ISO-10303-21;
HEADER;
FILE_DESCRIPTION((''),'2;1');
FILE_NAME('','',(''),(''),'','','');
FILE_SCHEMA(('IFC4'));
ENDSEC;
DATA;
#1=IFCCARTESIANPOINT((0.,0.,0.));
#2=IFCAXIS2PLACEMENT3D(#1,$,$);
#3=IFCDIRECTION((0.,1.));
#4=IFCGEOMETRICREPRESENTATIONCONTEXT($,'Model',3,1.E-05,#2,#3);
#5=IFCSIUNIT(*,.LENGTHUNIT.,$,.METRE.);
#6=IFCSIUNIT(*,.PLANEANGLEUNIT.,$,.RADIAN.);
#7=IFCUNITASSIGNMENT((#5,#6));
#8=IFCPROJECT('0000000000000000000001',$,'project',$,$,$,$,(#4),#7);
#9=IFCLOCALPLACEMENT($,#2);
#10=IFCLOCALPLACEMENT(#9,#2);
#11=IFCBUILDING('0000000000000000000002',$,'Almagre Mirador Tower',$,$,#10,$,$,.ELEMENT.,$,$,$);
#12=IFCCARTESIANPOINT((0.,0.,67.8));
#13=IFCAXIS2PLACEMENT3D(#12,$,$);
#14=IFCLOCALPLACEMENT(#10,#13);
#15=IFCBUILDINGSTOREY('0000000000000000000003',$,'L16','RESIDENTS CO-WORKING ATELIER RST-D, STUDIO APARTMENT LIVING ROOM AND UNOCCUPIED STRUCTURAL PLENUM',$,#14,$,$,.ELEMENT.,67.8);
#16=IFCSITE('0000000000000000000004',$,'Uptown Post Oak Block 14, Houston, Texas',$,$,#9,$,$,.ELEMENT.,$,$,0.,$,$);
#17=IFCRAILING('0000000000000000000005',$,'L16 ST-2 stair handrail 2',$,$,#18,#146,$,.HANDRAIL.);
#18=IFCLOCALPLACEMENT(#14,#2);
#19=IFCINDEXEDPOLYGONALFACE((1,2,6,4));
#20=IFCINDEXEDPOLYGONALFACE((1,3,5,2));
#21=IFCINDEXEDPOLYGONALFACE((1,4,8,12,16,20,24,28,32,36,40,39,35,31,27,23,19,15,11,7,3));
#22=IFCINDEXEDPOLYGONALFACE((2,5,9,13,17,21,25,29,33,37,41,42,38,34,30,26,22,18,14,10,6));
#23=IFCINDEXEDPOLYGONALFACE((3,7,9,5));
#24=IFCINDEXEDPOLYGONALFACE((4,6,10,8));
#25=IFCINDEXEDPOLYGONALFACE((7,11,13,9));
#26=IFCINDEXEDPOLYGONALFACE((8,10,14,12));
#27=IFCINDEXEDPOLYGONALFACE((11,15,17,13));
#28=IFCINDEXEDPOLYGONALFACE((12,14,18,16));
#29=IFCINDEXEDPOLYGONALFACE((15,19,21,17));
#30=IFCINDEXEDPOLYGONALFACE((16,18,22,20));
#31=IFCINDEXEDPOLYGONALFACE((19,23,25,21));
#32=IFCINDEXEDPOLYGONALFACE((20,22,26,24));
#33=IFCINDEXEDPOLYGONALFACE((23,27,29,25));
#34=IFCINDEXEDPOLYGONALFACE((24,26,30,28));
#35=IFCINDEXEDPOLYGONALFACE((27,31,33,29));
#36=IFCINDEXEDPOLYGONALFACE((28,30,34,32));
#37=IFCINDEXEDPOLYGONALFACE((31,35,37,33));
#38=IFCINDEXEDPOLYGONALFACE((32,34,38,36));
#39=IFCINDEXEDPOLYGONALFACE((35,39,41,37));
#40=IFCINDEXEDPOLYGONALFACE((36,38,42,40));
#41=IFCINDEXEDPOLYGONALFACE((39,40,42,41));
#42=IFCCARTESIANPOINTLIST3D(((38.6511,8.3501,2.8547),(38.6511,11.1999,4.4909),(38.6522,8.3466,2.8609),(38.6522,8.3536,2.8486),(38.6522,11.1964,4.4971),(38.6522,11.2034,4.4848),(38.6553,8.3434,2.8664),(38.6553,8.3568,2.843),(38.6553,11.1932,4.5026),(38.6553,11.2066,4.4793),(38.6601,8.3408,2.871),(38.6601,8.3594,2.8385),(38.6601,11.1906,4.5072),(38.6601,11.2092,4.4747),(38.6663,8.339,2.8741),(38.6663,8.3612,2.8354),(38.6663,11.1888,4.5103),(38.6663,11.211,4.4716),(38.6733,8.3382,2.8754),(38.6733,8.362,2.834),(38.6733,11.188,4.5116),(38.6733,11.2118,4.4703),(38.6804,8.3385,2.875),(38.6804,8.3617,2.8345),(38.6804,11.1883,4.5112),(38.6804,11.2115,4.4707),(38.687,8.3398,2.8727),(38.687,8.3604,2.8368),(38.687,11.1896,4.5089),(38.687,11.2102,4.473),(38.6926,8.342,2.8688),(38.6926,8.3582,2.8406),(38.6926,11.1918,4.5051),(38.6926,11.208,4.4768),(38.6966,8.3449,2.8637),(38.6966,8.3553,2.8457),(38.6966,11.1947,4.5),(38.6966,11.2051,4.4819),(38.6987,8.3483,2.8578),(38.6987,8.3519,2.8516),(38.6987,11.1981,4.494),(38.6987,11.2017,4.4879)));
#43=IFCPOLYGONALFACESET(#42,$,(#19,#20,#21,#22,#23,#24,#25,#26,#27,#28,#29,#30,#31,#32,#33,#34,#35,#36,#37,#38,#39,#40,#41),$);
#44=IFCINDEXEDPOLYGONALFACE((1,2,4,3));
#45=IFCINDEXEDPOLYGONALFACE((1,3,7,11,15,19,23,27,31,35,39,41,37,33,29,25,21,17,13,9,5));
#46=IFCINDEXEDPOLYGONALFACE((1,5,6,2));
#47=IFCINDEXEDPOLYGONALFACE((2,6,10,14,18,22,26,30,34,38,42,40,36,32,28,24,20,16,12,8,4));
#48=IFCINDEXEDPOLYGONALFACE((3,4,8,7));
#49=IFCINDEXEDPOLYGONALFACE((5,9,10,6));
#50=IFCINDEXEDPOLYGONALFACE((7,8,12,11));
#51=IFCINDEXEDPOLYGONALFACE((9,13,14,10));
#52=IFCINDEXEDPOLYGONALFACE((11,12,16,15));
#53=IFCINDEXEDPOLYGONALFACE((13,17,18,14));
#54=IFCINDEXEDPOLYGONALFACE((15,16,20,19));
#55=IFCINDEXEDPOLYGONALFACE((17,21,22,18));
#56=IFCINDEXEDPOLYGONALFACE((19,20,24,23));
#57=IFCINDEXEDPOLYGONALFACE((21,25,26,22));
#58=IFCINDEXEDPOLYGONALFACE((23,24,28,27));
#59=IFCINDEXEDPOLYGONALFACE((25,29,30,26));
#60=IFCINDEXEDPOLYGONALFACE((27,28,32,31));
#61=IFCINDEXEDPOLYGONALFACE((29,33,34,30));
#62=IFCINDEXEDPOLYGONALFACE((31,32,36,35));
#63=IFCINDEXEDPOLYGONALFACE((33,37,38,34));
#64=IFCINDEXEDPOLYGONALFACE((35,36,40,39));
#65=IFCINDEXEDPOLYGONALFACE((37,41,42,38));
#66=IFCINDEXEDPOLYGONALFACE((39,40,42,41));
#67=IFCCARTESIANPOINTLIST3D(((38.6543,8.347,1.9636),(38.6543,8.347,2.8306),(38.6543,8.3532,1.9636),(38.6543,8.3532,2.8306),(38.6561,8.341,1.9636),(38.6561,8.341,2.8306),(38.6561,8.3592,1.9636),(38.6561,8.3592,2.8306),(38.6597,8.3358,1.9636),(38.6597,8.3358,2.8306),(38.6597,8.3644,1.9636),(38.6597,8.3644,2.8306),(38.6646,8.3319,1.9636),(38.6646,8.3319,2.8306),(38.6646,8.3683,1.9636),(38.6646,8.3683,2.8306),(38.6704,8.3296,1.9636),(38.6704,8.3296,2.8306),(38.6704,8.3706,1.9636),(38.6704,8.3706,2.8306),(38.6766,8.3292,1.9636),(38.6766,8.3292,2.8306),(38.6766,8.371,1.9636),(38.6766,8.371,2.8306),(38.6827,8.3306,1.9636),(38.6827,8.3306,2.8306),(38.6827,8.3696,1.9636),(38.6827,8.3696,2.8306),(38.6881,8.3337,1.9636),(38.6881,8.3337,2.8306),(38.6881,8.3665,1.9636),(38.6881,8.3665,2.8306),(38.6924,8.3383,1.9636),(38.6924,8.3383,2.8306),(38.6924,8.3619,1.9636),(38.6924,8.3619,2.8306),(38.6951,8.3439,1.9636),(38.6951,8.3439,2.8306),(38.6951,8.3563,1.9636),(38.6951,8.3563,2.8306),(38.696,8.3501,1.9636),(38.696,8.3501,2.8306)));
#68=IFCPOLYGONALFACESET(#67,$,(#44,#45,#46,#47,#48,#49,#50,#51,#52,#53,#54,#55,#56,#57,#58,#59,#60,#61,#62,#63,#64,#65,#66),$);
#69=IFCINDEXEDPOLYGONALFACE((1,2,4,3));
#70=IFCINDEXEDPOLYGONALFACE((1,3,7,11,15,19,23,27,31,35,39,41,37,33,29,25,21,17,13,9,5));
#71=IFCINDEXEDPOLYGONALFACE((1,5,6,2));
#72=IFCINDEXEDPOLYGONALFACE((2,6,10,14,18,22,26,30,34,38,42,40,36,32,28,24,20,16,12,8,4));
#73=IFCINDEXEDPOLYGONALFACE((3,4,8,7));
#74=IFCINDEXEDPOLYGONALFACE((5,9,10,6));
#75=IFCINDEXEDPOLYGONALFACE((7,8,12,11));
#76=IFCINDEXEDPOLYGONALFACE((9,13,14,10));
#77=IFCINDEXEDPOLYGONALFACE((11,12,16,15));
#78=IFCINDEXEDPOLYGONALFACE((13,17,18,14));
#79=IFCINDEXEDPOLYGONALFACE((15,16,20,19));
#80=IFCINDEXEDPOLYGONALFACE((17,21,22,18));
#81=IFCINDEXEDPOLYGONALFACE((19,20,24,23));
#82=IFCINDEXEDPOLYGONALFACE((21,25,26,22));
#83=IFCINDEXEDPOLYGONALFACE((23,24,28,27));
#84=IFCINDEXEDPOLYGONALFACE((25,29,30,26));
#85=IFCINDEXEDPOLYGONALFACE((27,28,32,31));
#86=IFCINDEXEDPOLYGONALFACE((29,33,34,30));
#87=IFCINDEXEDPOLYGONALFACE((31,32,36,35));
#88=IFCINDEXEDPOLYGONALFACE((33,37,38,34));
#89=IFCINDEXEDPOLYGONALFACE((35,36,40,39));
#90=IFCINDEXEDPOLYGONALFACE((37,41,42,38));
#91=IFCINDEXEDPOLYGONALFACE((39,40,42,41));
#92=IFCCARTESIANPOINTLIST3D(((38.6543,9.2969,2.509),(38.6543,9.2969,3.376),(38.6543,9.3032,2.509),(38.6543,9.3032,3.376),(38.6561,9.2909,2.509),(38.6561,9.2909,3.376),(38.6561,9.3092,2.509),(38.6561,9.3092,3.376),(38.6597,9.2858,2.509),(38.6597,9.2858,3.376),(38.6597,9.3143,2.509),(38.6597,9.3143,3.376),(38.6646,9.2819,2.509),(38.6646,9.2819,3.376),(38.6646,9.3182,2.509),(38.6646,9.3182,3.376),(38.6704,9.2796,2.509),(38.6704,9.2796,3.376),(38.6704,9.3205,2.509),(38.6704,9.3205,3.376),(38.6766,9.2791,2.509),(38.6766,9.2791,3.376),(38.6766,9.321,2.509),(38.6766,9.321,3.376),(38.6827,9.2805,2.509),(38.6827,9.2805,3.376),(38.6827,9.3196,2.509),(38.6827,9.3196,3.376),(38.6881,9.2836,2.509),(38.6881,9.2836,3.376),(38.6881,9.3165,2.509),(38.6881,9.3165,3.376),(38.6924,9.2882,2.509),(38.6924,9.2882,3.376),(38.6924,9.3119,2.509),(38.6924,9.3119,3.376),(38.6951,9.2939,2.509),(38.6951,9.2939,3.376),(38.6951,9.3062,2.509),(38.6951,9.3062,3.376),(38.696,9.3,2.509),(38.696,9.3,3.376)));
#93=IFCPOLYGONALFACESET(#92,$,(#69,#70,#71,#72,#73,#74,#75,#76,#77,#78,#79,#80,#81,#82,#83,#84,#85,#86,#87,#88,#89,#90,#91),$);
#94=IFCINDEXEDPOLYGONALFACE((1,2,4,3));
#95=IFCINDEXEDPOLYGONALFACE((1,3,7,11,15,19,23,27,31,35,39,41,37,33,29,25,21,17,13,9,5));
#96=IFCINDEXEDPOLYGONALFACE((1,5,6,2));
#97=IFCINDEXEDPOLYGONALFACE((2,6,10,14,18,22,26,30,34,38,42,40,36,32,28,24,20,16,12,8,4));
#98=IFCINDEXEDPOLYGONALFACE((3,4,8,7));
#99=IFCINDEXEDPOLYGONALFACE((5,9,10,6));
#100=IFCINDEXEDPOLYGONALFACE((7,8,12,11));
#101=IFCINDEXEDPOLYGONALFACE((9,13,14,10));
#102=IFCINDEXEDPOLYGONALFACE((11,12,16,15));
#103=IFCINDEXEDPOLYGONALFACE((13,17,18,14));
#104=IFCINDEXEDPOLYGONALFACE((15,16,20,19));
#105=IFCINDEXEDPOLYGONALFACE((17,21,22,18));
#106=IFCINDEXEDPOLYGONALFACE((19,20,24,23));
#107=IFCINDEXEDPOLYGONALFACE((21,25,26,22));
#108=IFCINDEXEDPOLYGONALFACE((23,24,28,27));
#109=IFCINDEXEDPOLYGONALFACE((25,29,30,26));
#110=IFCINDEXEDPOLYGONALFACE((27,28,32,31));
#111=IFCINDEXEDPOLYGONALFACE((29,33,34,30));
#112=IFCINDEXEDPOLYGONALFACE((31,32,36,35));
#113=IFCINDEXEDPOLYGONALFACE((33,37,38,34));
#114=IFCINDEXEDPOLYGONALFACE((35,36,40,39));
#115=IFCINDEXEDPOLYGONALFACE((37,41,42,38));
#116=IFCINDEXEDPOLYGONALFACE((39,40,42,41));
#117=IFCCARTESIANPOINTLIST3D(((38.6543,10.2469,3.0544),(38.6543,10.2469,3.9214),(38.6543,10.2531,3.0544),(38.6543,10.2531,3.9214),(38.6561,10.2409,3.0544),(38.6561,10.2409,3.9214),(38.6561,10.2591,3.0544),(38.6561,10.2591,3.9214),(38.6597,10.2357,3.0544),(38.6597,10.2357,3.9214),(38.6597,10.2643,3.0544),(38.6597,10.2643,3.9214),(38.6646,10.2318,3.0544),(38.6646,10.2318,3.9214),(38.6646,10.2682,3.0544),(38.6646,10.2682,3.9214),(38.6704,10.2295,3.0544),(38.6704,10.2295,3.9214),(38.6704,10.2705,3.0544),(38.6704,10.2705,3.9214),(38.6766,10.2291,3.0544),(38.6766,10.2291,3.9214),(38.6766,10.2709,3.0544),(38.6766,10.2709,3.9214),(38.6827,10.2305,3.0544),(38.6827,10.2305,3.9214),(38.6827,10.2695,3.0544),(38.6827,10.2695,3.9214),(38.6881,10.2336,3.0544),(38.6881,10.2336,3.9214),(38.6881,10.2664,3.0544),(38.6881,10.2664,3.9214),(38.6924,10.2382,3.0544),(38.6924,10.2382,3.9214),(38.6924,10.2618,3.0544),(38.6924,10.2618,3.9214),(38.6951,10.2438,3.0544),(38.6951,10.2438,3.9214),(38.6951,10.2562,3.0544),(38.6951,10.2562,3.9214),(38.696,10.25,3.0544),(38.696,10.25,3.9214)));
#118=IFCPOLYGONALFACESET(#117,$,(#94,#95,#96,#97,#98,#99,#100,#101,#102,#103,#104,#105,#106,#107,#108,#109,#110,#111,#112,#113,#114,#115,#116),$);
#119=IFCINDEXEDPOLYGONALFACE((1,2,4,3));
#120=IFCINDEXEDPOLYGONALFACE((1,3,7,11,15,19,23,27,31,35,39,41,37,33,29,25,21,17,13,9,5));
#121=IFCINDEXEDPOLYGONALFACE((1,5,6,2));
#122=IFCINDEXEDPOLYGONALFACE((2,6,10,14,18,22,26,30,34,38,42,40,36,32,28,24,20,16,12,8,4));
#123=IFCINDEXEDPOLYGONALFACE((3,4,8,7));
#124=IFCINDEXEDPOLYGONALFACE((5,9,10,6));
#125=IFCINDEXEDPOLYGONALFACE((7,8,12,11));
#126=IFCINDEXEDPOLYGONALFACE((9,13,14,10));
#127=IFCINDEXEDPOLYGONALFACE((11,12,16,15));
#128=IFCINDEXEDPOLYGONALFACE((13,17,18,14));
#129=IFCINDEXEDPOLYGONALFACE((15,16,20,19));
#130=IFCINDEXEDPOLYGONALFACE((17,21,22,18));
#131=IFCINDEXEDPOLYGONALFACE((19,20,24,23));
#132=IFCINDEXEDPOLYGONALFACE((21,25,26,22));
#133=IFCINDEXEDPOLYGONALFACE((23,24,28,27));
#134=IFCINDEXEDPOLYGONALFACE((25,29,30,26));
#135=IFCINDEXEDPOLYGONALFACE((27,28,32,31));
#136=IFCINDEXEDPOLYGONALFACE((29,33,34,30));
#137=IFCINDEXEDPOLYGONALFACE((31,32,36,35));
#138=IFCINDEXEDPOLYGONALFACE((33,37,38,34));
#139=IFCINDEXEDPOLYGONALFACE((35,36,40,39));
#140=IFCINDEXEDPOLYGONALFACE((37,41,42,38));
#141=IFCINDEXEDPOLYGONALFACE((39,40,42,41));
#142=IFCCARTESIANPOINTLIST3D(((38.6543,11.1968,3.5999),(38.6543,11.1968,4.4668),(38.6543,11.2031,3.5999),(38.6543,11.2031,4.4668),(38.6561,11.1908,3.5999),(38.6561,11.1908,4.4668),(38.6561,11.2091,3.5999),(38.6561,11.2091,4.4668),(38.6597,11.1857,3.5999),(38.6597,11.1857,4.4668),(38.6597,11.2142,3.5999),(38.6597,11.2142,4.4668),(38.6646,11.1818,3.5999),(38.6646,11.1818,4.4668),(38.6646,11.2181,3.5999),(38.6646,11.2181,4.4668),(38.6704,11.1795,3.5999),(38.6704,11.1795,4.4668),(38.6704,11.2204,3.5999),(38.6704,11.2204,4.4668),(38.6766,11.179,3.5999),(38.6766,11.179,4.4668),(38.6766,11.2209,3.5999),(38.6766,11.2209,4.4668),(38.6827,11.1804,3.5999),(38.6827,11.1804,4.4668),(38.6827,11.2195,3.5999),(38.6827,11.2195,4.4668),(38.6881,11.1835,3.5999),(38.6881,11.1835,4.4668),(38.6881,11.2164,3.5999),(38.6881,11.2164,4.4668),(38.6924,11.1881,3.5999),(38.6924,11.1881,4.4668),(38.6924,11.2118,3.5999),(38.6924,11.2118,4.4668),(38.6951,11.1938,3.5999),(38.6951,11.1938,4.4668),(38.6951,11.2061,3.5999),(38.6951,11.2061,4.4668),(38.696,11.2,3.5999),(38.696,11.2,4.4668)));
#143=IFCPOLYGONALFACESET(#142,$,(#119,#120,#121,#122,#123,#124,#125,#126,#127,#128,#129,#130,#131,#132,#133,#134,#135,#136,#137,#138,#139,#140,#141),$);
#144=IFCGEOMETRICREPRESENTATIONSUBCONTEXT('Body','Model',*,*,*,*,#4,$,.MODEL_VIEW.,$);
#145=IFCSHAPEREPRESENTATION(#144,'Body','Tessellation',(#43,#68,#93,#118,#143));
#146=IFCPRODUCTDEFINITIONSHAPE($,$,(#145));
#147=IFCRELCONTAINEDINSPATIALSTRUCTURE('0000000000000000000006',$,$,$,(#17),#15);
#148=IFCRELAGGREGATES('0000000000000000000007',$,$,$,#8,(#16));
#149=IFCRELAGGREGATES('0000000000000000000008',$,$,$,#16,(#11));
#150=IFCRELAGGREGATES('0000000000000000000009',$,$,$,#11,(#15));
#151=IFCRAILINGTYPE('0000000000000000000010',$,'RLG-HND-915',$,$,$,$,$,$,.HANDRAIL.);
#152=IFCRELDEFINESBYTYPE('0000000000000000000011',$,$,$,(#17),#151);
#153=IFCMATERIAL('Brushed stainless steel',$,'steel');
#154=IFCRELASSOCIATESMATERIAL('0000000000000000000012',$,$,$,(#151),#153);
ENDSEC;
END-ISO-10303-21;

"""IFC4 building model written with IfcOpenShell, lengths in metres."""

from ifc_helpers import new_model, si_unit, direction, frame, origin, origin_2d, place, context, subcontext, project, spatial, circle, extrude, material, type_object, element, save


model = new_model("IFC4")

# Units and contexts
model_context = context("Model", 3, precision=1e-05, world=origin(), true_north=direction((0.0, 1.0)))
body_context = subcontext(model_context, "Body", "Model", "MODEL_VIEW")
ifc_project = project(units=[si_unit("LENGTHUNIT", "METRE"), si_unit("PLANEANGLEUNIT", "RADIAN")], contexts=[model_context])

# Site, building, storey
site_placement = place(None, origin())
site = spatial("IfcSite", under=ifc_project, at=site_placement, Name="Uptown Post Oak Block 14, Houston, Texas", CompositionType="ELEMENT", RefElevation=0.0)
building_placement = place(site_placement, origin())
building = spatial("IfcBuilding", under=site, at=building_placement, Name="Almagre Mirador Tower", CompositionType="ELEMENT")
storey_placement = place(building_placement, frame((0.0, 0.0, 67.8)))
storey = spatial("IfcBuildingStorey", under=building, at=storey_placement, Name="L16", Description="RESIDENTS CO-WORKING ATELIER RST-D, STUDIO APARTMENT LIVING ROOM AND UNOCCUPIED STRUCTURAL PLENUM", CompositionType="ELEMENT", Elevation=67.8)

# Railing
ifc_material_1 = material(Name="Brushed stainless steel", Category="steel")
railing_type_1 = type_object("IfcRailingType", Name="RLG-HND-915", PredefinedType="HANDRAIL", material=ifc_material_1)
railing_1_placement = place(storey_placement, frame((38.675, 8.3501, 1.9636)))
element("IfcRailing", 1, at=railing_1_placement, inside=storey, type_object=railing_type_1, Name="L16 ST-2 stair handrail 2", PredefinedType="HANDRAIL", context=body_context, shape_type="SweptSolid", body=[
    extrude(circle(Radius=0.0239, at=origin_2d()), frame((0.0, 0.0, 0.8911), z_axis=(0.0, 0.867226, 0.497914), x_axis=(-1.0, 0.0, 0.0)), (0.0, 0.0, 1.0), 3.2861),
    extrude(circle(Radius=0.021, at=origin_2d()), origin(), (0.0, 0.0, 1.0), 0.8669),
    extrude(circle(Radius=0.021, at=origin_2d()), frame((0.0, 0.95, 0.5454)), (0.0, 0.0, 1.0), 0.8669),
    extrude(circle(Radius=0.021, at=origin_2d()), frame((0.0, 1.8999, 1.0908)), (0.0, 0.0, 1.0), 0.8669),
    extrude(circle(Radius=0.021, at=origin_2d()), frame((0.0, 2.8499, 1.6362)), (0.0, 0.0, 1.0), 0.8669),
])

save(model, "model.ifc")
